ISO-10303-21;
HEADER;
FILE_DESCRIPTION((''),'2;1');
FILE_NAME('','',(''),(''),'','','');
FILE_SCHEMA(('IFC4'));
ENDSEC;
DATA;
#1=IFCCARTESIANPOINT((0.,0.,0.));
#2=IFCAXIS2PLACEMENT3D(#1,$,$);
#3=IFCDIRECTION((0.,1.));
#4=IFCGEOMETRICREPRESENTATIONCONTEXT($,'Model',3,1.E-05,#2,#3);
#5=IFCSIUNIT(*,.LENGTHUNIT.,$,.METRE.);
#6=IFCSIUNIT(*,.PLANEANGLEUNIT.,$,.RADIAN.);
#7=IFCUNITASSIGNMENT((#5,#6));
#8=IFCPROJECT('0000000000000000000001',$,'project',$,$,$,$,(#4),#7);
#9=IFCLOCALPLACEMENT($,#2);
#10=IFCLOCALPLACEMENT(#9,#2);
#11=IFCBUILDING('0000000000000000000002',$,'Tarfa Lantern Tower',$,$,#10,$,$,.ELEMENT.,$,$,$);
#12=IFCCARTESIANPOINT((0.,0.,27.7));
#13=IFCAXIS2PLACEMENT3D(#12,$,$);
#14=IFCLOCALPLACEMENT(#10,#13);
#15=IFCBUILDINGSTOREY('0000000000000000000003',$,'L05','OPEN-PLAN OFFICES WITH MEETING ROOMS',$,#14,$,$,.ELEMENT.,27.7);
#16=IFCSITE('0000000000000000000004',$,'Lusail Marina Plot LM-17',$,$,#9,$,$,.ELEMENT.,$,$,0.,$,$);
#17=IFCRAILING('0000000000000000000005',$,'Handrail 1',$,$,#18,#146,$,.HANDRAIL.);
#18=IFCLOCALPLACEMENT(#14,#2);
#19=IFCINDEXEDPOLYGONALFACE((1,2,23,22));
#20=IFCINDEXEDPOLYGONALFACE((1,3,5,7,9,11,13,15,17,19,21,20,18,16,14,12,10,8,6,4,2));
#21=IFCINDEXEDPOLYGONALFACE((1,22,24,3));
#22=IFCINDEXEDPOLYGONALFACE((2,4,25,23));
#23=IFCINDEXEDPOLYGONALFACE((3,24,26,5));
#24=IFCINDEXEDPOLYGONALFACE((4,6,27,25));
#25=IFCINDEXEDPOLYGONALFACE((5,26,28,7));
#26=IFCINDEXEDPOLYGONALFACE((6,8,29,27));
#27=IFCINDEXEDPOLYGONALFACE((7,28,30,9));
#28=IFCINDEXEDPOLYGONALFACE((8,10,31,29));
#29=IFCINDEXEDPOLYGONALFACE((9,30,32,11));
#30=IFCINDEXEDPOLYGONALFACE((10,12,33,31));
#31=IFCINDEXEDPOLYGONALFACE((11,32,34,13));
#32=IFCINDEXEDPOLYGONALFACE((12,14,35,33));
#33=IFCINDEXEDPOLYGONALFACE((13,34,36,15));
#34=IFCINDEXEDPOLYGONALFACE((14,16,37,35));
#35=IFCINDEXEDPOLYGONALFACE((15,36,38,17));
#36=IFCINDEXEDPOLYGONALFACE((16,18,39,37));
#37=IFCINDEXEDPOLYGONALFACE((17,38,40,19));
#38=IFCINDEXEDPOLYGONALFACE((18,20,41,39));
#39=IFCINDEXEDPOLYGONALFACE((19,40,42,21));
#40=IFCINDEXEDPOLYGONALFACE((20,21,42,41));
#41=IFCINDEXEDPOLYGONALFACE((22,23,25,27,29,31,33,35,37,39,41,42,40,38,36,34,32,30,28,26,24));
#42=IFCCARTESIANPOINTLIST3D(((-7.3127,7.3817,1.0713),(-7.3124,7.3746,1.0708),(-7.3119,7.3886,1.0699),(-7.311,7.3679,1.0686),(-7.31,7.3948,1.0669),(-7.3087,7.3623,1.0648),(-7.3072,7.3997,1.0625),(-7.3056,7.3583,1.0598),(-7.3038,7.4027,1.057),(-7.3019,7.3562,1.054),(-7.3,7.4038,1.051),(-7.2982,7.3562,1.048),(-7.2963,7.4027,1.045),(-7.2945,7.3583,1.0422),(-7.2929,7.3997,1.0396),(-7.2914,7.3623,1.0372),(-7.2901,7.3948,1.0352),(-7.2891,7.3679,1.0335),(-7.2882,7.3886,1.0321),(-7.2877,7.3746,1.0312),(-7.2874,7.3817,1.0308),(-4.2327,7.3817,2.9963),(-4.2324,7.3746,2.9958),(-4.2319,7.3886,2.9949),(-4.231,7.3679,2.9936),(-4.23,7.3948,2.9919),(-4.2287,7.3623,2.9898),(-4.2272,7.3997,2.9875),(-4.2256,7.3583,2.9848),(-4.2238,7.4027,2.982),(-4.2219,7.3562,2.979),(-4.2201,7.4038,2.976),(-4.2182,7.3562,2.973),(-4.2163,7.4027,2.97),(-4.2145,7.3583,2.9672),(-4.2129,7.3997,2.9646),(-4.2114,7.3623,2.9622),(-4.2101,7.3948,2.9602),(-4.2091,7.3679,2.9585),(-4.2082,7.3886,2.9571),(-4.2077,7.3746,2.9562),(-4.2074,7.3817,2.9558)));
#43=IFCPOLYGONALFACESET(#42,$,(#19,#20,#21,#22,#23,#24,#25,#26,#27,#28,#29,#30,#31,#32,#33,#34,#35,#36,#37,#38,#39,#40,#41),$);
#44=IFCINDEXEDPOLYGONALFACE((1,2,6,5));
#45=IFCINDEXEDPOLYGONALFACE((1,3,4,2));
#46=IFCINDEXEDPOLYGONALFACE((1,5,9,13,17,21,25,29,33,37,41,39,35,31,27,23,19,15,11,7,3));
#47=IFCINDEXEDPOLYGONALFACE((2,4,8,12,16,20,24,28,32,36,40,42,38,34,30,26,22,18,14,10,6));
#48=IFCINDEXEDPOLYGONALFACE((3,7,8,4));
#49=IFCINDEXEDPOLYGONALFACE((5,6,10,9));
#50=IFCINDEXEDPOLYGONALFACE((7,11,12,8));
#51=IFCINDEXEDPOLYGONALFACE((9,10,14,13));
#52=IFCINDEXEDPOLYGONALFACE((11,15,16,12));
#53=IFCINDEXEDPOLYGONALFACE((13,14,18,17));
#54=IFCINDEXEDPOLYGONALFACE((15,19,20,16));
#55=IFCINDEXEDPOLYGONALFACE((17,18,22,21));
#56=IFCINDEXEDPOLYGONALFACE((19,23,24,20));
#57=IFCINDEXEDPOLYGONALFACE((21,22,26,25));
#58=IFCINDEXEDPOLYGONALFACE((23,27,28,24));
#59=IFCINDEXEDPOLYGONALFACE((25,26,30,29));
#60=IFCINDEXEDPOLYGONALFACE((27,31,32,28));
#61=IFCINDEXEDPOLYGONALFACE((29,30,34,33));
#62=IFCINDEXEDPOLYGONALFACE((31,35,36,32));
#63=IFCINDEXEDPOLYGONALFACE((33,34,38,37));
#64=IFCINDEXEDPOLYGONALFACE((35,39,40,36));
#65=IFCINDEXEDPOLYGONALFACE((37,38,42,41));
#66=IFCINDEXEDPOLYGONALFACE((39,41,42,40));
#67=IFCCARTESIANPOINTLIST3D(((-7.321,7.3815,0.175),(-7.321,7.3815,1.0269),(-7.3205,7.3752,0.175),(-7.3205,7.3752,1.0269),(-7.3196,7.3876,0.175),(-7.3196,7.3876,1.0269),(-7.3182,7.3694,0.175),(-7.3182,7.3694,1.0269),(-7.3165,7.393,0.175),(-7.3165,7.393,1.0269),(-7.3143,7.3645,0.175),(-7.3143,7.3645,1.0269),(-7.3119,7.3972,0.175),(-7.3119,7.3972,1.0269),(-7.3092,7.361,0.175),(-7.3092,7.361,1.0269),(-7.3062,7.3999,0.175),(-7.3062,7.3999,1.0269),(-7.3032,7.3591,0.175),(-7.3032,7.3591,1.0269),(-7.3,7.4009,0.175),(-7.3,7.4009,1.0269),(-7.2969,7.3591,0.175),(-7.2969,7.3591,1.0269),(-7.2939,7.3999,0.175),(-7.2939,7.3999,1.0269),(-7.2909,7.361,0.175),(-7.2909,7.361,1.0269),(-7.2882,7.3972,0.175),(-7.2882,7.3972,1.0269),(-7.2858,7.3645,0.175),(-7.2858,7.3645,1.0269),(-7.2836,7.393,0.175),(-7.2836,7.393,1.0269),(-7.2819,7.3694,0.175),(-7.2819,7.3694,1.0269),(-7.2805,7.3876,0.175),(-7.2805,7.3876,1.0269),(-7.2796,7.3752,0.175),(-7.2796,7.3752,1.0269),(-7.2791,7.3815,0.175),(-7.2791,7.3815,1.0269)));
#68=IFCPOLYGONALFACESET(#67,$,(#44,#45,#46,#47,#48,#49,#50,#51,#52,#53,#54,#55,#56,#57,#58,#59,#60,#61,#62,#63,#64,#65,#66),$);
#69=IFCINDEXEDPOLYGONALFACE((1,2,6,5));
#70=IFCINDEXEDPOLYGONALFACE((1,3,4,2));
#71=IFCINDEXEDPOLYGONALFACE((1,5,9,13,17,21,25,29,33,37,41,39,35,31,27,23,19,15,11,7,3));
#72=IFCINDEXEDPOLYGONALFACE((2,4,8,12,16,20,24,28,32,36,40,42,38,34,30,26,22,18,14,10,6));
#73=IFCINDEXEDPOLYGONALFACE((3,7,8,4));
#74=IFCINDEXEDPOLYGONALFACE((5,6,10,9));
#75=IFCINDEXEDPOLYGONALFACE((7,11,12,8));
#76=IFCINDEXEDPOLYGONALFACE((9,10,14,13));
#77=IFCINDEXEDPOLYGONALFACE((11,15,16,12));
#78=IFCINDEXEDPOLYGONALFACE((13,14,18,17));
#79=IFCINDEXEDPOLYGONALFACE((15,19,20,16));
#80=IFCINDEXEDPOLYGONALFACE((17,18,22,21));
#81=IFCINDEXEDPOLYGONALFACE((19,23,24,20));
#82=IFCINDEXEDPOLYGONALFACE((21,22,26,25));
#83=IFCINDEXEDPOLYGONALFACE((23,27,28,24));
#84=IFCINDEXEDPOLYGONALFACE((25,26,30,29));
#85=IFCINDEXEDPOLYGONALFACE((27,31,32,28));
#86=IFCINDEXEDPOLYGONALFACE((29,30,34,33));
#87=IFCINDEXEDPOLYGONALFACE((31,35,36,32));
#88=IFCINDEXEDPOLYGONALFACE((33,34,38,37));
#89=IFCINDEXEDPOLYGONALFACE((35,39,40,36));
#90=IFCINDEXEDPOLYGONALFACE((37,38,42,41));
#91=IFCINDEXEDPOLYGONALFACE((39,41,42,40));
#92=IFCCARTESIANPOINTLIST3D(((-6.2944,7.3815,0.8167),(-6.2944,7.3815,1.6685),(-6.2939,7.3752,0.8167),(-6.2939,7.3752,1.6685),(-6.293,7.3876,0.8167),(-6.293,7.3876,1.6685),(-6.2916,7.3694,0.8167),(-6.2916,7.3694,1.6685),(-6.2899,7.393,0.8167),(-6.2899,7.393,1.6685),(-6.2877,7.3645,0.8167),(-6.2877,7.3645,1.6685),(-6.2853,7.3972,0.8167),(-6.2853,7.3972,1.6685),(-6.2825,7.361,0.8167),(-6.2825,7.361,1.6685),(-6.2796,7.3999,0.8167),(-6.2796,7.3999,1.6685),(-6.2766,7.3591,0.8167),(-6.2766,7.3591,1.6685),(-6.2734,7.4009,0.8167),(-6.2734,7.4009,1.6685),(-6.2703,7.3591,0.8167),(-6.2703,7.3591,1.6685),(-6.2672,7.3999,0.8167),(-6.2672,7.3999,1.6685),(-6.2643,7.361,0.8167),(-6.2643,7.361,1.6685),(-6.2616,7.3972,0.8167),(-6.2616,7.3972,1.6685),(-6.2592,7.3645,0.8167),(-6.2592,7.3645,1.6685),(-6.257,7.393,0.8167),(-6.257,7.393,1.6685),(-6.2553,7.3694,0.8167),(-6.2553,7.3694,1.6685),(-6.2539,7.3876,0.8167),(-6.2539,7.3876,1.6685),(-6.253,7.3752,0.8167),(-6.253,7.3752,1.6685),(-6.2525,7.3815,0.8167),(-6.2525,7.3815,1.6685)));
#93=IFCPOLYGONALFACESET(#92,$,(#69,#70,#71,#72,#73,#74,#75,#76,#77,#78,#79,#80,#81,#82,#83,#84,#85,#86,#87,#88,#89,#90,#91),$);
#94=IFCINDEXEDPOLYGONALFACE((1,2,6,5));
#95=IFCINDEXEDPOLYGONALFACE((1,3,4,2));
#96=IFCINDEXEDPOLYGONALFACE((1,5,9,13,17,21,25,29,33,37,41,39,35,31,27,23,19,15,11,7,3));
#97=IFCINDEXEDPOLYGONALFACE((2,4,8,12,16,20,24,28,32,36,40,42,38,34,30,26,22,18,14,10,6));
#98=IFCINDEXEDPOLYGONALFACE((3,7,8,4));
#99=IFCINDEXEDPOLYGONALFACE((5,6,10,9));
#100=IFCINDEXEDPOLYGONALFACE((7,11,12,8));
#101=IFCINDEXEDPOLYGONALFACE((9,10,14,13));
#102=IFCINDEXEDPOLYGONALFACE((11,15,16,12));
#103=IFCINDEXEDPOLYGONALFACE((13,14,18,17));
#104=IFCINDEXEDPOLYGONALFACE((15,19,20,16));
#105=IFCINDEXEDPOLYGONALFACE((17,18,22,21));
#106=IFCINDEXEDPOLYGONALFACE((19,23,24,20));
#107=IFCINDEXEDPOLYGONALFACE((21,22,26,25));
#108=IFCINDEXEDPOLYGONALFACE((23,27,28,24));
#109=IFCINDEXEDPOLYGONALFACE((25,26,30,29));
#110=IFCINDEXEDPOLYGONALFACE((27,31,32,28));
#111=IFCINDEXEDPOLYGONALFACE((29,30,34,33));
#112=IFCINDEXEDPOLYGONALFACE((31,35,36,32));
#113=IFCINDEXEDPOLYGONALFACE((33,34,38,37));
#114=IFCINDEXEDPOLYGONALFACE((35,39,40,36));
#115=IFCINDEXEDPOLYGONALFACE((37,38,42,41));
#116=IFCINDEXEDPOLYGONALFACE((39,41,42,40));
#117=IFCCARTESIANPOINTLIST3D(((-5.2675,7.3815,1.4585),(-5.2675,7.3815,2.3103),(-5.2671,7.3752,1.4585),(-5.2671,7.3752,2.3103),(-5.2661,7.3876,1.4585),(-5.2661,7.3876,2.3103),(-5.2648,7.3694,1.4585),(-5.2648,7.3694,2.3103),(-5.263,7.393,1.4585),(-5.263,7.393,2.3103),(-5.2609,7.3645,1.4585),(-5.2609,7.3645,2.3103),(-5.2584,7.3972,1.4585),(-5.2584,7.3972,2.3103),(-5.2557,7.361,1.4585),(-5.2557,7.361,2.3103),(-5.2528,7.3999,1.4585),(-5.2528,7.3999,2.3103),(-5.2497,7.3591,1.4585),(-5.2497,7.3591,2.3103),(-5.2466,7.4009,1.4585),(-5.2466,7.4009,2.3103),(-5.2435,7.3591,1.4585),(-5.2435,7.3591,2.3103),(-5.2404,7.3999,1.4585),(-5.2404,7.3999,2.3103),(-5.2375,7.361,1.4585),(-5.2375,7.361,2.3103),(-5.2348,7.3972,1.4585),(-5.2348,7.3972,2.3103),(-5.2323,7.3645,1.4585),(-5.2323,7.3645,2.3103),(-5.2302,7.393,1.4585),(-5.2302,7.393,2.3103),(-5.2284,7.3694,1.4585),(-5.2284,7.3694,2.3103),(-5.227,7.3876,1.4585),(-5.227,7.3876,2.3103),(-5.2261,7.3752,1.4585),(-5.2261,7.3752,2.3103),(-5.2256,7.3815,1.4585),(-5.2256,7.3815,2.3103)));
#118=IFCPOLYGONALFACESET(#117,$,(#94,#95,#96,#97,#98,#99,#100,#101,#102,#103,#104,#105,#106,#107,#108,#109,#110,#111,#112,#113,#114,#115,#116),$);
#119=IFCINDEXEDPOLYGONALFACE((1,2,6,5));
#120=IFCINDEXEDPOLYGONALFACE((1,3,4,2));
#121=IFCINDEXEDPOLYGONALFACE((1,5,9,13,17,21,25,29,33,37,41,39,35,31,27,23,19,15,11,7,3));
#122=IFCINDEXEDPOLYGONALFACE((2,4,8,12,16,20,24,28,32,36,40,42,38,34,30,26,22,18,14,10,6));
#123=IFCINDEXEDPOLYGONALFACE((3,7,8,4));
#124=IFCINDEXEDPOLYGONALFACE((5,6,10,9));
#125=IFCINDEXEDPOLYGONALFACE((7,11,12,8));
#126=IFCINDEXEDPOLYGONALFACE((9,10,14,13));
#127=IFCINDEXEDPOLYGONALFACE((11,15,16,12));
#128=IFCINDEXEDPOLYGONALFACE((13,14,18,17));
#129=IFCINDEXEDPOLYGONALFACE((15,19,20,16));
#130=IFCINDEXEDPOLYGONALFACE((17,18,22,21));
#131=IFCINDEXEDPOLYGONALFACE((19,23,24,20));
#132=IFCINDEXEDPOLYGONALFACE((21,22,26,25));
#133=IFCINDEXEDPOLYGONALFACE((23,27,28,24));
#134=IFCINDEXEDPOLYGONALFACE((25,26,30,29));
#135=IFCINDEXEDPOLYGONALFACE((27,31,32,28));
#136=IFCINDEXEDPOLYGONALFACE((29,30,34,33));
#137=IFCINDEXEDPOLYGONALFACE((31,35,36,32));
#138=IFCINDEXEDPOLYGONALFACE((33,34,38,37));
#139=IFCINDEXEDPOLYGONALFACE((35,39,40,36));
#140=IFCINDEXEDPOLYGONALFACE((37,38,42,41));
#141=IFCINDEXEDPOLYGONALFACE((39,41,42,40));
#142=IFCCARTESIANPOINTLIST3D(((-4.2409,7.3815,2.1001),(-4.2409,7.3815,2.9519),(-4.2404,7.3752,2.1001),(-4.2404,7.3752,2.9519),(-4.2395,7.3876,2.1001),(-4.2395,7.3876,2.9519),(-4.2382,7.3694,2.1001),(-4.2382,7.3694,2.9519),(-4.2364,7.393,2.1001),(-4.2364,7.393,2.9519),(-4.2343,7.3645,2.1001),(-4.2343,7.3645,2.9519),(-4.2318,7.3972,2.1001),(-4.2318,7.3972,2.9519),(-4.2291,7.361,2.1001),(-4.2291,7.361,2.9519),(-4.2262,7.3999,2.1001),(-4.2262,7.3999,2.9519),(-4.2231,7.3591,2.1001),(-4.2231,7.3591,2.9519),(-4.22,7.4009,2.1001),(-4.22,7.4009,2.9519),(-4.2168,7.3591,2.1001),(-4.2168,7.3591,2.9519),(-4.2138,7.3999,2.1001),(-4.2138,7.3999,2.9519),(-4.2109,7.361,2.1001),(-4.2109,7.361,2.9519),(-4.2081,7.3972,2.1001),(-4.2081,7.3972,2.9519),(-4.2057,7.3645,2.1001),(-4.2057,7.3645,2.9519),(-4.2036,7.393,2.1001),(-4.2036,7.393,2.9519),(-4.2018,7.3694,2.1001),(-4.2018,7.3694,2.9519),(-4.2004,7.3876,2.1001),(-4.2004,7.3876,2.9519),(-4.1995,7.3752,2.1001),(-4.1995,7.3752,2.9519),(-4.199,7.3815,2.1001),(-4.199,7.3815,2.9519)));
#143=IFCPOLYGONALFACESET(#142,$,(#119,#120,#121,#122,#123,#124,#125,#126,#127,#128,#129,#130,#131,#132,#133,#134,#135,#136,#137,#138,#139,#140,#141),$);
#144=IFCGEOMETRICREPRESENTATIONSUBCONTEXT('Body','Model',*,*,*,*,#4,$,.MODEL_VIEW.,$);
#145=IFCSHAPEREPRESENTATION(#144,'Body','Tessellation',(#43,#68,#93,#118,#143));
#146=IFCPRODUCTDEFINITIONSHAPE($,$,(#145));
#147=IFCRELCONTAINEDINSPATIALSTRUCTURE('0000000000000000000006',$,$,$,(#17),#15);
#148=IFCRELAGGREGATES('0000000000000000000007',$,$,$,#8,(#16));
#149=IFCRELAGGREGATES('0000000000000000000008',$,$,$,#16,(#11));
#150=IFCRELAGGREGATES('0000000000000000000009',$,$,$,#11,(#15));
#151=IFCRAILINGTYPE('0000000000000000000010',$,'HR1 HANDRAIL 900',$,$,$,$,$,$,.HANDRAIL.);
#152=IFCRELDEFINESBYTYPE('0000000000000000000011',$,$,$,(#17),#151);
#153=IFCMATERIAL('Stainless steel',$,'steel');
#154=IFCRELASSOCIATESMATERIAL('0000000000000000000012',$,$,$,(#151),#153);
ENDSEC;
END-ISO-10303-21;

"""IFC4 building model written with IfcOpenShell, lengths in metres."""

from ifc_helpers import new_model, si_unit, direction, frame, origin, origin_2d, place, context, subcontext, project, spatial, circle, extrude, material, type_object, element, save


model = new_model("IFC4")

# Units and contexts
model_context = context("Model", 3, precision=1e-05, world=origin(), true_north=direction((0.0, 1.0)))
body_context = subcontext(model_context, "Body", "Model", "MODEL_VIEW")
ifc_project = project(units=[si_unit("LENGTHUNIT", "METRE"), si_unit("PLANEANGLEUNIT", "RADIAN")], contexts=[model_context])

# Site, building, storey
site_placement = place(None, origin())
site = spatial("IfcSite", under=ifc_project, at=site_placement, Name="Lusail Marina Plot LM-17", CompositionType="ELEMENT", RefElevation=0.0)
building_placement = place(site_placement, origin())
building = spatial("IfcBuilding", under=site, at=building_placement, Name="Tarfa Lantern Tower", CompositionType="ELEMENT")
storey_placement = place(building_placement, frame((0.0, 0.0, 27.7)))
storey = spatial("IfcBuildingStorey", under=building, at=storey_placement, Name="L05", Description="OPEN-PLAN OFFICES WITH MEETING ROOMS", CompositionType="ELEMENT", Elevation=27.7)

# Railing
ifc_material_1 = material(Name="Stainless steel", Category="steel")
railing_type = type_object("IfcRailingType", Name="HR1 HANDRAIL 900", PredefinedType="HANDRAIL", material=ifc_material_1)
railing_1_placement = place(storey_placement, frame((-7.3, 7.3799, 0.175)))
element("IfcRailing", 1, at=railing_1_placement, inside=storey, type_object=railing_type, Name="Handrail 1", PredefinedType="HANDRAIL", context=body_context, shape_type="SweptSolid", body=[
    extrude(circle(Radius=0.0239, at=origin_2d()), frame((0.0, 0.0, 0.876), z_axis=(0.847998, 0.0, 0.529999), x_axis=(0.0, 1.0, 0.0)), (0.0, 0.0, 1.0), 3.6321),
    extrude(circle(Radius=0.021, at=origin_2d()), frame((0.0, 0.0, 0.0), z_axis=(0.0, 0.0, 1.0), x_axis=(0.0, 1.0, 0.0)), (0.0, 0.0, 1.0), 0.8518),
    extrude(circle(Radius=0.021, at=origin_2d()), frame((1.0266, 0.0, 0.6416), z_axis=(0.0, 0.0, 1.0), x_axis=(0.0, 1.0, 0.0)), (0.0, 0.0, 1.0), 0.8518),
    extrude(circle(Radius=0.021, at=origin_2d()), frame((2.0535, 0.0, 1.2834), z_axis=(0.0, 0.0, 1.0), x_axis=(0.0, 1.0, 0.0)), (0.0, 0.0, 1.0), 0.8518),
    extrude(circle(Radius=0.021, at=origin_2d()), frame((3.0801, 0.0, 1.925), z_axis=(0.0, 0.0, 1.0), x_axis=(0.0, 1.0, 0.0)), (0.0, 0.0, 1.0), 0.8518),
])

save(model, "model.ifc")
